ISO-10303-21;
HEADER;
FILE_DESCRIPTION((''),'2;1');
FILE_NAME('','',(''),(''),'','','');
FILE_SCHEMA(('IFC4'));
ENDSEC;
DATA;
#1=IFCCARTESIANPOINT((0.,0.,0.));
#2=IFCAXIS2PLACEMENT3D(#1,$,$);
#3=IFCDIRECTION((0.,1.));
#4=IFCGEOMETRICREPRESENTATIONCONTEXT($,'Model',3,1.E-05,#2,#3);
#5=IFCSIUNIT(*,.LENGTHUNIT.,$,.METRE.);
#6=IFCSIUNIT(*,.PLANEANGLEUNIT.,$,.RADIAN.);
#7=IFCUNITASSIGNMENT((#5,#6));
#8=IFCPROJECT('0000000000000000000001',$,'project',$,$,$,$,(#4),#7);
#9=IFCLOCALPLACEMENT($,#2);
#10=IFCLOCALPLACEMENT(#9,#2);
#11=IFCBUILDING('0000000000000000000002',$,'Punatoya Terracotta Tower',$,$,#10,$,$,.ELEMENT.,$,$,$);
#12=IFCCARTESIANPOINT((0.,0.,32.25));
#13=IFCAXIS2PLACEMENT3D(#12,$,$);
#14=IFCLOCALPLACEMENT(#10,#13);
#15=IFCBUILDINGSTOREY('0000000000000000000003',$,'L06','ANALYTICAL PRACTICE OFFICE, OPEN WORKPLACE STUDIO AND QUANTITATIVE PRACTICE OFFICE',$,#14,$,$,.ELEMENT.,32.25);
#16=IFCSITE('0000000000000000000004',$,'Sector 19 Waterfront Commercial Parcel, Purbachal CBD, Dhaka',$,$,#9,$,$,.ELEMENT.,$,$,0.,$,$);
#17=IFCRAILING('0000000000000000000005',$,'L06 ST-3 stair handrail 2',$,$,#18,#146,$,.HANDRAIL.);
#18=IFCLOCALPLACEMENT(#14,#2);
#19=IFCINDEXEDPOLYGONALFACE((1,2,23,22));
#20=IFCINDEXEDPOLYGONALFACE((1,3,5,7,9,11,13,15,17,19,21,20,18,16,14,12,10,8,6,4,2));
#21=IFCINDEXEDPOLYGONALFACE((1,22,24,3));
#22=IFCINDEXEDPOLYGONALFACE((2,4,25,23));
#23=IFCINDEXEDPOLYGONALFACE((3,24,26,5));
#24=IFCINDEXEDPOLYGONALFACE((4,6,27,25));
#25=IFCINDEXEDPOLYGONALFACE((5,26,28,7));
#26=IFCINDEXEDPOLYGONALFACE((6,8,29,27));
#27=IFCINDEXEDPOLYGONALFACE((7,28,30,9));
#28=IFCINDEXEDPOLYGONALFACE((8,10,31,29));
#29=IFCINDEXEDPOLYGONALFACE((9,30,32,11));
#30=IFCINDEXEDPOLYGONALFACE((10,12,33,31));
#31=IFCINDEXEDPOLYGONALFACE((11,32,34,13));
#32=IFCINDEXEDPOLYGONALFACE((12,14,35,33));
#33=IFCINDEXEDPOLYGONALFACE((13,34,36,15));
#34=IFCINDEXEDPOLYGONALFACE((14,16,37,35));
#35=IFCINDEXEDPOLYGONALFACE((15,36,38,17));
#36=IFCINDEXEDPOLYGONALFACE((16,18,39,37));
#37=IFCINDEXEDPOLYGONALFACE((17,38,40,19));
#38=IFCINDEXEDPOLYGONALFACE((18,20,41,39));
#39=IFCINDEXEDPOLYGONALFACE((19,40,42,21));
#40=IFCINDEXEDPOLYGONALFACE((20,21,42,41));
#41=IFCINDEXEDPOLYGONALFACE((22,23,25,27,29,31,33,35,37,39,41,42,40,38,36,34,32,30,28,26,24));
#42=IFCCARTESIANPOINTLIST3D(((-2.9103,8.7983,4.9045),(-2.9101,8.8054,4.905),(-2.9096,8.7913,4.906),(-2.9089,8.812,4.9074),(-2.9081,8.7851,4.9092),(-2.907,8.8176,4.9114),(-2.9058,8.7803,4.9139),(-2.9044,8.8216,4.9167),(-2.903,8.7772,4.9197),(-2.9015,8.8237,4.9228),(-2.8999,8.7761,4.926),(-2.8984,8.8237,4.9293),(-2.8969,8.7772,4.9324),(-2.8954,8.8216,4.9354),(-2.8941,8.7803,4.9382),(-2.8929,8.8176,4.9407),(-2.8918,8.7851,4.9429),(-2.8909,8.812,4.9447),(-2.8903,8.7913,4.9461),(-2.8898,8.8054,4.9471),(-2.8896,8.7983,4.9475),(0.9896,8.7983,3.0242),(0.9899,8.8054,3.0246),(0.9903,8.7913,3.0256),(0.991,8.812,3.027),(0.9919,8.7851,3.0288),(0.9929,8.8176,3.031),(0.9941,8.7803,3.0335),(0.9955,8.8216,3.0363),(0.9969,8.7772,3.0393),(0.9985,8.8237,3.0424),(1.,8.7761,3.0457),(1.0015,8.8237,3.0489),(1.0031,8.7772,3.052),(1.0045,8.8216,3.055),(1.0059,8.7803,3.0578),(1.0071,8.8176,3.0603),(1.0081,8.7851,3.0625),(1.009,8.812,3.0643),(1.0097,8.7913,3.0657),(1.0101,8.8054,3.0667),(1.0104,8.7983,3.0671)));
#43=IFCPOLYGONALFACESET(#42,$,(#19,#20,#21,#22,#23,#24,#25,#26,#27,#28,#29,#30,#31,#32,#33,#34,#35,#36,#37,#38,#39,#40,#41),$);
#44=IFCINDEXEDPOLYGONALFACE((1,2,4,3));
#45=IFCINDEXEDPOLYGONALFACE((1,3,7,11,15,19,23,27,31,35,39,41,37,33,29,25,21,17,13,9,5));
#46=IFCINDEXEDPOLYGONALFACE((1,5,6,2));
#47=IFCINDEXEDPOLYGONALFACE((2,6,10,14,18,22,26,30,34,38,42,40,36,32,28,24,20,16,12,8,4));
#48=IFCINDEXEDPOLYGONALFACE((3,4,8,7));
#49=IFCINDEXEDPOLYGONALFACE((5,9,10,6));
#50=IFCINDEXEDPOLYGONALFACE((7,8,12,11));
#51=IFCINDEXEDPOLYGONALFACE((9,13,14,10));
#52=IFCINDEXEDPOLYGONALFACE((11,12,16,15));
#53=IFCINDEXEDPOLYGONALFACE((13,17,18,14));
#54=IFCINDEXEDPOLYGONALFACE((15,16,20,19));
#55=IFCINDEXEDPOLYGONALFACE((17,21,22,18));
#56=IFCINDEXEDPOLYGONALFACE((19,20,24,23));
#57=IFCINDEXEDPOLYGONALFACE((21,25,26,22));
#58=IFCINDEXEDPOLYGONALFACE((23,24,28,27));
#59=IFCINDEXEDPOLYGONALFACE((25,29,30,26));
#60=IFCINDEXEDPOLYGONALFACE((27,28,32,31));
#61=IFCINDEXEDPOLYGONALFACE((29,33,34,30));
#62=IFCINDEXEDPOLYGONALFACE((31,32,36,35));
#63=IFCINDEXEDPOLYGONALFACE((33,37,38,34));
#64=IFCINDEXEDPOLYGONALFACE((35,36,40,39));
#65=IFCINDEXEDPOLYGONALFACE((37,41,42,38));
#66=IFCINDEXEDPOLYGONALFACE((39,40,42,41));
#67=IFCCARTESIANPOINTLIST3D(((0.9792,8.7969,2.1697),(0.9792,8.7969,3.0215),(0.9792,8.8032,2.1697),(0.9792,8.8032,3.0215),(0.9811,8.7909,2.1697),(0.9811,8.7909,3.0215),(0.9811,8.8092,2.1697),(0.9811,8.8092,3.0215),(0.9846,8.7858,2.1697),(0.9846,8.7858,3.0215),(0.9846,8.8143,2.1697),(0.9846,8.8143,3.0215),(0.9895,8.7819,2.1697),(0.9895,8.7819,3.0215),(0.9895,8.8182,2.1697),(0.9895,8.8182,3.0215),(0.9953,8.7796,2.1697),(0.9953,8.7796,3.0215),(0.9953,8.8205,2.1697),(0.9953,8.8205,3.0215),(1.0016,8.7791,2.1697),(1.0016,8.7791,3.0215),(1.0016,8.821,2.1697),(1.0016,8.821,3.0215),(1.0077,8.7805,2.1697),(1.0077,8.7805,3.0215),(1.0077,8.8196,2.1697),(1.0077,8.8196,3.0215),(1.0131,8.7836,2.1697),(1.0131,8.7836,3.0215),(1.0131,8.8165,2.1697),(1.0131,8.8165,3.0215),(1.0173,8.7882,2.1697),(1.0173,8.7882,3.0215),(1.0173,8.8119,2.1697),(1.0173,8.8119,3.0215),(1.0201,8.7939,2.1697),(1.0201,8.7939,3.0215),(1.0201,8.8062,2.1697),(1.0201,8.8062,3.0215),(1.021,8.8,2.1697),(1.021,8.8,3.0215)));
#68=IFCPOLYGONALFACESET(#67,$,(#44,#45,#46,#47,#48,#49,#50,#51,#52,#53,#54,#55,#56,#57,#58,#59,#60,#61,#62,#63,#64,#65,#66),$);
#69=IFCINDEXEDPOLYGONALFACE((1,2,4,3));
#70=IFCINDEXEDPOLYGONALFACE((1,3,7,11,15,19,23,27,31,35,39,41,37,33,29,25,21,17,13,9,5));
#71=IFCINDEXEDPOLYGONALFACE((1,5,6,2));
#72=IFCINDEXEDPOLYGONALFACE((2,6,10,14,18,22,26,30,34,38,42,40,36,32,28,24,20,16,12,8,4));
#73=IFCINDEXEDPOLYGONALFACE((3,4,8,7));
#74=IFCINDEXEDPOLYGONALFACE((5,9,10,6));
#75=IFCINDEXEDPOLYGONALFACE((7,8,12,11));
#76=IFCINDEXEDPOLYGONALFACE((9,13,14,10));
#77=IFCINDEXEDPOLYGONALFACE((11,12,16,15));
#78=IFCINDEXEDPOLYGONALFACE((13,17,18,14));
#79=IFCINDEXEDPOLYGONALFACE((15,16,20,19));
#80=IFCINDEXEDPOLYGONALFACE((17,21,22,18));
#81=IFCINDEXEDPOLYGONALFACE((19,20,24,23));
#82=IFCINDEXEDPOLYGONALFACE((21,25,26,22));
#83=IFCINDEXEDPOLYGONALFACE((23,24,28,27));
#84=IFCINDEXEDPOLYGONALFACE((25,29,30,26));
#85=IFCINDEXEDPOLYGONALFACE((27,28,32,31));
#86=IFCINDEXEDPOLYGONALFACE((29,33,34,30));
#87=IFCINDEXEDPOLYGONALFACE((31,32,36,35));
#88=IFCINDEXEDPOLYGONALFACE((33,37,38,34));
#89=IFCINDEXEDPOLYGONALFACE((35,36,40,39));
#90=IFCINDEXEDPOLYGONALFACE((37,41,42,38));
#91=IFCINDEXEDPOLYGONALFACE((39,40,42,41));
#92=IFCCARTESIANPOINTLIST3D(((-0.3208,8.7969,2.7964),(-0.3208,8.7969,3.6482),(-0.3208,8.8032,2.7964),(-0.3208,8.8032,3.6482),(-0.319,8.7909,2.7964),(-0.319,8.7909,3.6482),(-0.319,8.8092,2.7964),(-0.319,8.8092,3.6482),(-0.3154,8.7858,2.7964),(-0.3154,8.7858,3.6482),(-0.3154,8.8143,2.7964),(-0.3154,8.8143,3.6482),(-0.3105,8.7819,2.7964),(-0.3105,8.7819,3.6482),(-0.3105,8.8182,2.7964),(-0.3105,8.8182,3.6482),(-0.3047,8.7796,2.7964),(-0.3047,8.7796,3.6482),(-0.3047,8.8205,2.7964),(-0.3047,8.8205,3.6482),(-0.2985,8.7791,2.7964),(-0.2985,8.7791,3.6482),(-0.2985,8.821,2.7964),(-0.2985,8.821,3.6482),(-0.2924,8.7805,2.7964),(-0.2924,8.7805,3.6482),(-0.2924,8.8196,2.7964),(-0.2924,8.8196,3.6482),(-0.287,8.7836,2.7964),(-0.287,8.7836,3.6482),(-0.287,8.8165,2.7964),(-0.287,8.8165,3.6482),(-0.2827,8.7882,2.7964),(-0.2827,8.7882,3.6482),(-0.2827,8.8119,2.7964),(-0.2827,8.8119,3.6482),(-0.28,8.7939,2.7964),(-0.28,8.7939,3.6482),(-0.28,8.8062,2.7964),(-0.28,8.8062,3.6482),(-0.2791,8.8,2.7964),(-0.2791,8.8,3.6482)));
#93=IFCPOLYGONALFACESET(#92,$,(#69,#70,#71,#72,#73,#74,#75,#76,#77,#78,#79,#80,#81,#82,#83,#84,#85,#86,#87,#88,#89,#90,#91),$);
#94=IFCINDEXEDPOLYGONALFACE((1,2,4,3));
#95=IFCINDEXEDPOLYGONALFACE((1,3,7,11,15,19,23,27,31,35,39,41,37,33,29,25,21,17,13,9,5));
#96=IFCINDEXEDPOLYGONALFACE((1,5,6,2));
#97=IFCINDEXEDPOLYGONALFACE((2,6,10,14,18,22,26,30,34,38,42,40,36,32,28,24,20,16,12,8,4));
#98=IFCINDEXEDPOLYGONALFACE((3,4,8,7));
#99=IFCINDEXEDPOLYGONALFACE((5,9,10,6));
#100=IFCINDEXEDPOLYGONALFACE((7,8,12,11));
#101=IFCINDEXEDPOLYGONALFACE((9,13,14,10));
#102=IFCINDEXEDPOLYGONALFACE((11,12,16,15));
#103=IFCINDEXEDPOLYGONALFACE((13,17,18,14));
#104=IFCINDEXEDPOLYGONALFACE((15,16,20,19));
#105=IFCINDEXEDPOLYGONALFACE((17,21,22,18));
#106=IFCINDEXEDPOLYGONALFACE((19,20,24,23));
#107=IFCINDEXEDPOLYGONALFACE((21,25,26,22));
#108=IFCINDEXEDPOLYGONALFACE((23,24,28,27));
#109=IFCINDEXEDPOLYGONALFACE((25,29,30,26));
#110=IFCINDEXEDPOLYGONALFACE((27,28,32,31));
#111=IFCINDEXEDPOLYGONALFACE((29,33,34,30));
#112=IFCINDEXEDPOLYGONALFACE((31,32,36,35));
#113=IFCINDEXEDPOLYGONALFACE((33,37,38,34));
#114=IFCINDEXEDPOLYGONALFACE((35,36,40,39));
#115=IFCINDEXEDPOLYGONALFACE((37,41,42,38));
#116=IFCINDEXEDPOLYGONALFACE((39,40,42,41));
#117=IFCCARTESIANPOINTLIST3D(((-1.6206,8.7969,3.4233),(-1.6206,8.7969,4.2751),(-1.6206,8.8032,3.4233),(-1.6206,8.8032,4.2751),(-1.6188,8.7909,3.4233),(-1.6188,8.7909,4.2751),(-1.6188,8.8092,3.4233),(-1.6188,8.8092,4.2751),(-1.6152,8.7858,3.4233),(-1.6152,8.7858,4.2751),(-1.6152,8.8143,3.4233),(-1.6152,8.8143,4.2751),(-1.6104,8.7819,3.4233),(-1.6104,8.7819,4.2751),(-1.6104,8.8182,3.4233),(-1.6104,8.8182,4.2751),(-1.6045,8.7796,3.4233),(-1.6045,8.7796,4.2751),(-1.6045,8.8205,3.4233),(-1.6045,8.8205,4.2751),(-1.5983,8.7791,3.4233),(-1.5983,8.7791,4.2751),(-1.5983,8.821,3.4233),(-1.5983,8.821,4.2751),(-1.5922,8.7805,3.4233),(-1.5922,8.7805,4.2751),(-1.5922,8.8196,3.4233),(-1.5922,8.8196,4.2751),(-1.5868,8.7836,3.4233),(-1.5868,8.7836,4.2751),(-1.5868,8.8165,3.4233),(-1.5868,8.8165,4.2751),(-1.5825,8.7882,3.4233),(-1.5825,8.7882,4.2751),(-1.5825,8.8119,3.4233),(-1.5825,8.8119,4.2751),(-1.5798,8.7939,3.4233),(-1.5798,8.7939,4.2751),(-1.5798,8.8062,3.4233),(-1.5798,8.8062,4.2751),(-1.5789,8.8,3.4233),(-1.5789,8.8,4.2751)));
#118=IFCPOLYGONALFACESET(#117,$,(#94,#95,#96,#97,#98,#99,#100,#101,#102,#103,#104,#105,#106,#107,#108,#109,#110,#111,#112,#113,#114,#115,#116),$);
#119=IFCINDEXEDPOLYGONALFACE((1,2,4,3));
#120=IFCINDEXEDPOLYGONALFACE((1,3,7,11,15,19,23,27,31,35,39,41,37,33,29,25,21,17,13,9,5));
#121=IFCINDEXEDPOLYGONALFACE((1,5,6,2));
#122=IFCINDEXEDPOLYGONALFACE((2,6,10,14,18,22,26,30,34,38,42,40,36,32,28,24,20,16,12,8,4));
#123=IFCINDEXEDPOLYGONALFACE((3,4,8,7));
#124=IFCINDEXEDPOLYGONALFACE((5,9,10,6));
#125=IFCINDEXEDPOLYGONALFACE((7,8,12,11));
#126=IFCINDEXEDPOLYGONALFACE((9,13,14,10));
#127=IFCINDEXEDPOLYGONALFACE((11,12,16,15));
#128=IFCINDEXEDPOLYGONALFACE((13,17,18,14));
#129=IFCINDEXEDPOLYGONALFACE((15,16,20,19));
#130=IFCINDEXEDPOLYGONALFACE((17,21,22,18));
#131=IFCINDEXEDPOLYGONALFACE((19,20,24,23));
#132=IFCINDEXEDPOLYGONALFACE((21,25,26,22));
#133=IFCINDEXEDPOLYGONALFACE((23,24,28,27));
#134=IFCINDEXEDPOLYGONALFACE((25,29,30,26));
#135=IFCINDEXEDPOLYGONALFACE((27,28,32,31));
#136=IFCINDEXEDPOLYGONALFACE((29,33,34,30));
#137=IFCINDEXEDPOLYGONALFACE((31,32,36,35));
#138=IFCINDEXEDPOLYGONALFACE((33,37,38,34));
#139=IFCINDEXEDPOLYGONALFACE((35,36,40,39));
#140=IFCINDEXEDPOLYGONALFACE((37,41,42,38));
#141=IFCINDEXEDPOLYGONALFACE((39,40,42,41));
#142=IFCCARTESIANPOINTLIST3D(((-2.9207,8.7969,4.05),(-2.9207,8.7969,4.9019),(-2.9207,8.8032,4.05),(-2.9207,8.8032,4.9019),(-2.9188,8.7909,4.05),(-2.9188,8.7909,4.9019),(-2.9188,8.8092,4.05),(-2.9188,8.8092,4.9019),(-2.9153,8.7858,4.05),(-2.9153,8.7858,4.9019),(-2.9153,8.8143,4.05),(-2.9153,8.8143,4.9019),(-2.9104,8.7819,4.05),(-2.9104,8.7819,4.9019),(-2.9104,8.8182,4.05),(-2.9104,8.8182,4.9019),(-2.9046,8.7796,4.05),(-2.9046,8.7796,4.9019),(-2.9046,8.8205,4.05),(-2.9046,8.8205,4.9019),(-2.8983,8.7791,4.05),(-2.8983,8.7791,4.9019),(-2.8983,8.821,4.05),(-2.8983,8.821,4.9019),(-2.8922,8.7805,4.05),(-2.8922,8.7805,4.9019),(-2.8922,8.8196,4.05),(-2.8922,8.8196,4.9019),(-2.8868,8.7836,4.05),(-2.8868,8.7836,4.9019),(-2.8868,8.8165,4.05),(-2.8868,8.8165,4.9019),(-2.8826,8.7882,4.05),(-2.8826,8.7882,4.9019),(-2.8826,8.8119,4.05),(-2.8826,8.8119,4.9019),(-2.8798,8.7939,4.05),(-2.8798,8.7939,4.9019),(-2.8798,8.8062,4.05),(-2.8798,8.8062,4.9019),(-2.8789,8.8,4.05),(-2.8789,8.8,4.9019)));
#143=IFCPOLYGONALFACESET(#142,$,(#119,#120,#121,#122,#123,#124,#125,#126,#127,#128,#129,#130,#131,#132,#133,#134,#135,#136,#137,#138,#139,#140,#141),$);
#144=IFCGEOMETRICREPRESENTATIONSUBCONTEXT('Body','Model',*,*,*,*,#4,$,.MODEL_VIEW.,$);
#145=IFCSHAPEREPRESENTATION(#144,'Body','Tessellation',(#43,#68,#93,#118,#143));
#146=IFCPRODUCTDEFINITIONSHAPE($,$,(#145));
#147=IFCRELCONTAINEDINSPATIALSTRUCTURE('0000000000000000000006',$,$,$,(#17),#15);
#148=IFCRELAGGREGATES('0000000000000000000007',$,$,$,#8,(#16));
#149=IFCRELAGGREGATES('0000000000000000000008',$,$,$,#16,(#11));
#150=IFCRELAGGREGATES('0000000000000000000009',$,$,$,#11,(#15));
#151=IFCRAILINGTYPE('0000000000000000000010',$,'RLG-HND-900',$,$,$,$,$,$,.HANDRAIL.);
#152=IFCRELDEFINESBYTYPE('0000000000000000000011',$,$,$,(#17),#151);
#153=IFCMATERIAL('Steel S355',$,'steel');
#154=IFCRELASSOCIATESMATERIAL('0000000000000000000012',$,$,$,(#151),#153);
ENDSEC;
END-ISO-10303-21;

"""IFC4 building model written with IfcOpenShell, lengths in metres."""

from ifc_helpers import new_model, si_unit, direction, frame, origin, origin_2d, place, context, subcontext, project, spatial, circle, extrude, material, type_object, element, save


model = new_model("IFC4")

# Units and contexts
model_context = context("Model", 3, precision=1e-05, world=origin(), true_north=direction((0.0, 1.0)))
body_context = subcontext(model_context, "Body", "Model", "MODEL_VIEW")
ifc_project = project(units=[si_unit("LENGTHUNIT", "METRE"), si_unit("PLANEANGLEUNIT", "RADIAN")], contexts=[model_context])

# Site, building, storey
site_placement = place(None, origin())
site = spatial("IfcSite", under=ifc_project, at=site_placement, Name="Sector 19 Waterfront Commercial Parcel, Purbachal CBD, Dhaka", CompositionType="ELEMENT", RefElevation=0.0)
building_placement = place(site_placement, origin())
building = spatial("IfcBuilding", under=site, at=building_placement, Name="Punatoya Terracotta Tower", CompositionType="ELEMENT")
storey_placement = place(building_placement, frame((0.0, 0.0, 32.25)))
storey = spatial("IfcBuildingStorey", under=building, at=storey_placement, Name="L06", Description="ANALYTICAL PRACTICE OFFICE, OPEN WORKPLACE STUDIO AND QUANTITATIVE PRACTICE OFFICE", CompositionType="ELEMENT", Elevation=32.25)

# Shared definitions
ifc_material_1 = material(Name="Steel S355", Category="steel")

# Railing
railing_type_1 = type_object("IfcRailingType", Name="RLG-HND-900", PredefinedType="HANDRAIL", material=ifc_material_1)
railing_1_placement = place(storey_placement, frame((1.0, 8.8, 2.1697)))
element("IfcRailing", 1, at=railing_1_placement, inside=storey, type_object=railing_type_1, Name="L06 ST-3 stair handrail 2", PredefinedType="HANDRAIL", context=body_context, shape_type="SweptSolid", body=[
    extrude(circle(Radius=0.0239, at=origin_2d()), frame((0.0, 0.0, 0.876), z_axis=(-0.900763, 0.0, 0.434311), x_axis=(0.0, -1.0, 0.0)), (0.0, 0.0, 1.0), 4.3296),
    extrude(circle(Radius=0.021, at=origin_2d()), origin(), (0.0, 0.0, 1.0), 0.8518),
    extrude(circle(Radius=0.021, at=origin_2d()), frame((-1.3, 0.0, 0.6267)), (0.0, 0.0, 1.0), 0.8518),
    extrude(circle(Radius=0.021, at=origin_2d()), frame((-2.5999, 0.0, 1.2537)), (0.0, 0.0, 1.0), 0.8518),
    extrude(circle(Radius=0.021, at=origin_2d()), frame((-3.8999, 0.0, 1.8804)), (0.0, 0.0, 1.0), 0.8518),
])

save(model, "model.ifc")
